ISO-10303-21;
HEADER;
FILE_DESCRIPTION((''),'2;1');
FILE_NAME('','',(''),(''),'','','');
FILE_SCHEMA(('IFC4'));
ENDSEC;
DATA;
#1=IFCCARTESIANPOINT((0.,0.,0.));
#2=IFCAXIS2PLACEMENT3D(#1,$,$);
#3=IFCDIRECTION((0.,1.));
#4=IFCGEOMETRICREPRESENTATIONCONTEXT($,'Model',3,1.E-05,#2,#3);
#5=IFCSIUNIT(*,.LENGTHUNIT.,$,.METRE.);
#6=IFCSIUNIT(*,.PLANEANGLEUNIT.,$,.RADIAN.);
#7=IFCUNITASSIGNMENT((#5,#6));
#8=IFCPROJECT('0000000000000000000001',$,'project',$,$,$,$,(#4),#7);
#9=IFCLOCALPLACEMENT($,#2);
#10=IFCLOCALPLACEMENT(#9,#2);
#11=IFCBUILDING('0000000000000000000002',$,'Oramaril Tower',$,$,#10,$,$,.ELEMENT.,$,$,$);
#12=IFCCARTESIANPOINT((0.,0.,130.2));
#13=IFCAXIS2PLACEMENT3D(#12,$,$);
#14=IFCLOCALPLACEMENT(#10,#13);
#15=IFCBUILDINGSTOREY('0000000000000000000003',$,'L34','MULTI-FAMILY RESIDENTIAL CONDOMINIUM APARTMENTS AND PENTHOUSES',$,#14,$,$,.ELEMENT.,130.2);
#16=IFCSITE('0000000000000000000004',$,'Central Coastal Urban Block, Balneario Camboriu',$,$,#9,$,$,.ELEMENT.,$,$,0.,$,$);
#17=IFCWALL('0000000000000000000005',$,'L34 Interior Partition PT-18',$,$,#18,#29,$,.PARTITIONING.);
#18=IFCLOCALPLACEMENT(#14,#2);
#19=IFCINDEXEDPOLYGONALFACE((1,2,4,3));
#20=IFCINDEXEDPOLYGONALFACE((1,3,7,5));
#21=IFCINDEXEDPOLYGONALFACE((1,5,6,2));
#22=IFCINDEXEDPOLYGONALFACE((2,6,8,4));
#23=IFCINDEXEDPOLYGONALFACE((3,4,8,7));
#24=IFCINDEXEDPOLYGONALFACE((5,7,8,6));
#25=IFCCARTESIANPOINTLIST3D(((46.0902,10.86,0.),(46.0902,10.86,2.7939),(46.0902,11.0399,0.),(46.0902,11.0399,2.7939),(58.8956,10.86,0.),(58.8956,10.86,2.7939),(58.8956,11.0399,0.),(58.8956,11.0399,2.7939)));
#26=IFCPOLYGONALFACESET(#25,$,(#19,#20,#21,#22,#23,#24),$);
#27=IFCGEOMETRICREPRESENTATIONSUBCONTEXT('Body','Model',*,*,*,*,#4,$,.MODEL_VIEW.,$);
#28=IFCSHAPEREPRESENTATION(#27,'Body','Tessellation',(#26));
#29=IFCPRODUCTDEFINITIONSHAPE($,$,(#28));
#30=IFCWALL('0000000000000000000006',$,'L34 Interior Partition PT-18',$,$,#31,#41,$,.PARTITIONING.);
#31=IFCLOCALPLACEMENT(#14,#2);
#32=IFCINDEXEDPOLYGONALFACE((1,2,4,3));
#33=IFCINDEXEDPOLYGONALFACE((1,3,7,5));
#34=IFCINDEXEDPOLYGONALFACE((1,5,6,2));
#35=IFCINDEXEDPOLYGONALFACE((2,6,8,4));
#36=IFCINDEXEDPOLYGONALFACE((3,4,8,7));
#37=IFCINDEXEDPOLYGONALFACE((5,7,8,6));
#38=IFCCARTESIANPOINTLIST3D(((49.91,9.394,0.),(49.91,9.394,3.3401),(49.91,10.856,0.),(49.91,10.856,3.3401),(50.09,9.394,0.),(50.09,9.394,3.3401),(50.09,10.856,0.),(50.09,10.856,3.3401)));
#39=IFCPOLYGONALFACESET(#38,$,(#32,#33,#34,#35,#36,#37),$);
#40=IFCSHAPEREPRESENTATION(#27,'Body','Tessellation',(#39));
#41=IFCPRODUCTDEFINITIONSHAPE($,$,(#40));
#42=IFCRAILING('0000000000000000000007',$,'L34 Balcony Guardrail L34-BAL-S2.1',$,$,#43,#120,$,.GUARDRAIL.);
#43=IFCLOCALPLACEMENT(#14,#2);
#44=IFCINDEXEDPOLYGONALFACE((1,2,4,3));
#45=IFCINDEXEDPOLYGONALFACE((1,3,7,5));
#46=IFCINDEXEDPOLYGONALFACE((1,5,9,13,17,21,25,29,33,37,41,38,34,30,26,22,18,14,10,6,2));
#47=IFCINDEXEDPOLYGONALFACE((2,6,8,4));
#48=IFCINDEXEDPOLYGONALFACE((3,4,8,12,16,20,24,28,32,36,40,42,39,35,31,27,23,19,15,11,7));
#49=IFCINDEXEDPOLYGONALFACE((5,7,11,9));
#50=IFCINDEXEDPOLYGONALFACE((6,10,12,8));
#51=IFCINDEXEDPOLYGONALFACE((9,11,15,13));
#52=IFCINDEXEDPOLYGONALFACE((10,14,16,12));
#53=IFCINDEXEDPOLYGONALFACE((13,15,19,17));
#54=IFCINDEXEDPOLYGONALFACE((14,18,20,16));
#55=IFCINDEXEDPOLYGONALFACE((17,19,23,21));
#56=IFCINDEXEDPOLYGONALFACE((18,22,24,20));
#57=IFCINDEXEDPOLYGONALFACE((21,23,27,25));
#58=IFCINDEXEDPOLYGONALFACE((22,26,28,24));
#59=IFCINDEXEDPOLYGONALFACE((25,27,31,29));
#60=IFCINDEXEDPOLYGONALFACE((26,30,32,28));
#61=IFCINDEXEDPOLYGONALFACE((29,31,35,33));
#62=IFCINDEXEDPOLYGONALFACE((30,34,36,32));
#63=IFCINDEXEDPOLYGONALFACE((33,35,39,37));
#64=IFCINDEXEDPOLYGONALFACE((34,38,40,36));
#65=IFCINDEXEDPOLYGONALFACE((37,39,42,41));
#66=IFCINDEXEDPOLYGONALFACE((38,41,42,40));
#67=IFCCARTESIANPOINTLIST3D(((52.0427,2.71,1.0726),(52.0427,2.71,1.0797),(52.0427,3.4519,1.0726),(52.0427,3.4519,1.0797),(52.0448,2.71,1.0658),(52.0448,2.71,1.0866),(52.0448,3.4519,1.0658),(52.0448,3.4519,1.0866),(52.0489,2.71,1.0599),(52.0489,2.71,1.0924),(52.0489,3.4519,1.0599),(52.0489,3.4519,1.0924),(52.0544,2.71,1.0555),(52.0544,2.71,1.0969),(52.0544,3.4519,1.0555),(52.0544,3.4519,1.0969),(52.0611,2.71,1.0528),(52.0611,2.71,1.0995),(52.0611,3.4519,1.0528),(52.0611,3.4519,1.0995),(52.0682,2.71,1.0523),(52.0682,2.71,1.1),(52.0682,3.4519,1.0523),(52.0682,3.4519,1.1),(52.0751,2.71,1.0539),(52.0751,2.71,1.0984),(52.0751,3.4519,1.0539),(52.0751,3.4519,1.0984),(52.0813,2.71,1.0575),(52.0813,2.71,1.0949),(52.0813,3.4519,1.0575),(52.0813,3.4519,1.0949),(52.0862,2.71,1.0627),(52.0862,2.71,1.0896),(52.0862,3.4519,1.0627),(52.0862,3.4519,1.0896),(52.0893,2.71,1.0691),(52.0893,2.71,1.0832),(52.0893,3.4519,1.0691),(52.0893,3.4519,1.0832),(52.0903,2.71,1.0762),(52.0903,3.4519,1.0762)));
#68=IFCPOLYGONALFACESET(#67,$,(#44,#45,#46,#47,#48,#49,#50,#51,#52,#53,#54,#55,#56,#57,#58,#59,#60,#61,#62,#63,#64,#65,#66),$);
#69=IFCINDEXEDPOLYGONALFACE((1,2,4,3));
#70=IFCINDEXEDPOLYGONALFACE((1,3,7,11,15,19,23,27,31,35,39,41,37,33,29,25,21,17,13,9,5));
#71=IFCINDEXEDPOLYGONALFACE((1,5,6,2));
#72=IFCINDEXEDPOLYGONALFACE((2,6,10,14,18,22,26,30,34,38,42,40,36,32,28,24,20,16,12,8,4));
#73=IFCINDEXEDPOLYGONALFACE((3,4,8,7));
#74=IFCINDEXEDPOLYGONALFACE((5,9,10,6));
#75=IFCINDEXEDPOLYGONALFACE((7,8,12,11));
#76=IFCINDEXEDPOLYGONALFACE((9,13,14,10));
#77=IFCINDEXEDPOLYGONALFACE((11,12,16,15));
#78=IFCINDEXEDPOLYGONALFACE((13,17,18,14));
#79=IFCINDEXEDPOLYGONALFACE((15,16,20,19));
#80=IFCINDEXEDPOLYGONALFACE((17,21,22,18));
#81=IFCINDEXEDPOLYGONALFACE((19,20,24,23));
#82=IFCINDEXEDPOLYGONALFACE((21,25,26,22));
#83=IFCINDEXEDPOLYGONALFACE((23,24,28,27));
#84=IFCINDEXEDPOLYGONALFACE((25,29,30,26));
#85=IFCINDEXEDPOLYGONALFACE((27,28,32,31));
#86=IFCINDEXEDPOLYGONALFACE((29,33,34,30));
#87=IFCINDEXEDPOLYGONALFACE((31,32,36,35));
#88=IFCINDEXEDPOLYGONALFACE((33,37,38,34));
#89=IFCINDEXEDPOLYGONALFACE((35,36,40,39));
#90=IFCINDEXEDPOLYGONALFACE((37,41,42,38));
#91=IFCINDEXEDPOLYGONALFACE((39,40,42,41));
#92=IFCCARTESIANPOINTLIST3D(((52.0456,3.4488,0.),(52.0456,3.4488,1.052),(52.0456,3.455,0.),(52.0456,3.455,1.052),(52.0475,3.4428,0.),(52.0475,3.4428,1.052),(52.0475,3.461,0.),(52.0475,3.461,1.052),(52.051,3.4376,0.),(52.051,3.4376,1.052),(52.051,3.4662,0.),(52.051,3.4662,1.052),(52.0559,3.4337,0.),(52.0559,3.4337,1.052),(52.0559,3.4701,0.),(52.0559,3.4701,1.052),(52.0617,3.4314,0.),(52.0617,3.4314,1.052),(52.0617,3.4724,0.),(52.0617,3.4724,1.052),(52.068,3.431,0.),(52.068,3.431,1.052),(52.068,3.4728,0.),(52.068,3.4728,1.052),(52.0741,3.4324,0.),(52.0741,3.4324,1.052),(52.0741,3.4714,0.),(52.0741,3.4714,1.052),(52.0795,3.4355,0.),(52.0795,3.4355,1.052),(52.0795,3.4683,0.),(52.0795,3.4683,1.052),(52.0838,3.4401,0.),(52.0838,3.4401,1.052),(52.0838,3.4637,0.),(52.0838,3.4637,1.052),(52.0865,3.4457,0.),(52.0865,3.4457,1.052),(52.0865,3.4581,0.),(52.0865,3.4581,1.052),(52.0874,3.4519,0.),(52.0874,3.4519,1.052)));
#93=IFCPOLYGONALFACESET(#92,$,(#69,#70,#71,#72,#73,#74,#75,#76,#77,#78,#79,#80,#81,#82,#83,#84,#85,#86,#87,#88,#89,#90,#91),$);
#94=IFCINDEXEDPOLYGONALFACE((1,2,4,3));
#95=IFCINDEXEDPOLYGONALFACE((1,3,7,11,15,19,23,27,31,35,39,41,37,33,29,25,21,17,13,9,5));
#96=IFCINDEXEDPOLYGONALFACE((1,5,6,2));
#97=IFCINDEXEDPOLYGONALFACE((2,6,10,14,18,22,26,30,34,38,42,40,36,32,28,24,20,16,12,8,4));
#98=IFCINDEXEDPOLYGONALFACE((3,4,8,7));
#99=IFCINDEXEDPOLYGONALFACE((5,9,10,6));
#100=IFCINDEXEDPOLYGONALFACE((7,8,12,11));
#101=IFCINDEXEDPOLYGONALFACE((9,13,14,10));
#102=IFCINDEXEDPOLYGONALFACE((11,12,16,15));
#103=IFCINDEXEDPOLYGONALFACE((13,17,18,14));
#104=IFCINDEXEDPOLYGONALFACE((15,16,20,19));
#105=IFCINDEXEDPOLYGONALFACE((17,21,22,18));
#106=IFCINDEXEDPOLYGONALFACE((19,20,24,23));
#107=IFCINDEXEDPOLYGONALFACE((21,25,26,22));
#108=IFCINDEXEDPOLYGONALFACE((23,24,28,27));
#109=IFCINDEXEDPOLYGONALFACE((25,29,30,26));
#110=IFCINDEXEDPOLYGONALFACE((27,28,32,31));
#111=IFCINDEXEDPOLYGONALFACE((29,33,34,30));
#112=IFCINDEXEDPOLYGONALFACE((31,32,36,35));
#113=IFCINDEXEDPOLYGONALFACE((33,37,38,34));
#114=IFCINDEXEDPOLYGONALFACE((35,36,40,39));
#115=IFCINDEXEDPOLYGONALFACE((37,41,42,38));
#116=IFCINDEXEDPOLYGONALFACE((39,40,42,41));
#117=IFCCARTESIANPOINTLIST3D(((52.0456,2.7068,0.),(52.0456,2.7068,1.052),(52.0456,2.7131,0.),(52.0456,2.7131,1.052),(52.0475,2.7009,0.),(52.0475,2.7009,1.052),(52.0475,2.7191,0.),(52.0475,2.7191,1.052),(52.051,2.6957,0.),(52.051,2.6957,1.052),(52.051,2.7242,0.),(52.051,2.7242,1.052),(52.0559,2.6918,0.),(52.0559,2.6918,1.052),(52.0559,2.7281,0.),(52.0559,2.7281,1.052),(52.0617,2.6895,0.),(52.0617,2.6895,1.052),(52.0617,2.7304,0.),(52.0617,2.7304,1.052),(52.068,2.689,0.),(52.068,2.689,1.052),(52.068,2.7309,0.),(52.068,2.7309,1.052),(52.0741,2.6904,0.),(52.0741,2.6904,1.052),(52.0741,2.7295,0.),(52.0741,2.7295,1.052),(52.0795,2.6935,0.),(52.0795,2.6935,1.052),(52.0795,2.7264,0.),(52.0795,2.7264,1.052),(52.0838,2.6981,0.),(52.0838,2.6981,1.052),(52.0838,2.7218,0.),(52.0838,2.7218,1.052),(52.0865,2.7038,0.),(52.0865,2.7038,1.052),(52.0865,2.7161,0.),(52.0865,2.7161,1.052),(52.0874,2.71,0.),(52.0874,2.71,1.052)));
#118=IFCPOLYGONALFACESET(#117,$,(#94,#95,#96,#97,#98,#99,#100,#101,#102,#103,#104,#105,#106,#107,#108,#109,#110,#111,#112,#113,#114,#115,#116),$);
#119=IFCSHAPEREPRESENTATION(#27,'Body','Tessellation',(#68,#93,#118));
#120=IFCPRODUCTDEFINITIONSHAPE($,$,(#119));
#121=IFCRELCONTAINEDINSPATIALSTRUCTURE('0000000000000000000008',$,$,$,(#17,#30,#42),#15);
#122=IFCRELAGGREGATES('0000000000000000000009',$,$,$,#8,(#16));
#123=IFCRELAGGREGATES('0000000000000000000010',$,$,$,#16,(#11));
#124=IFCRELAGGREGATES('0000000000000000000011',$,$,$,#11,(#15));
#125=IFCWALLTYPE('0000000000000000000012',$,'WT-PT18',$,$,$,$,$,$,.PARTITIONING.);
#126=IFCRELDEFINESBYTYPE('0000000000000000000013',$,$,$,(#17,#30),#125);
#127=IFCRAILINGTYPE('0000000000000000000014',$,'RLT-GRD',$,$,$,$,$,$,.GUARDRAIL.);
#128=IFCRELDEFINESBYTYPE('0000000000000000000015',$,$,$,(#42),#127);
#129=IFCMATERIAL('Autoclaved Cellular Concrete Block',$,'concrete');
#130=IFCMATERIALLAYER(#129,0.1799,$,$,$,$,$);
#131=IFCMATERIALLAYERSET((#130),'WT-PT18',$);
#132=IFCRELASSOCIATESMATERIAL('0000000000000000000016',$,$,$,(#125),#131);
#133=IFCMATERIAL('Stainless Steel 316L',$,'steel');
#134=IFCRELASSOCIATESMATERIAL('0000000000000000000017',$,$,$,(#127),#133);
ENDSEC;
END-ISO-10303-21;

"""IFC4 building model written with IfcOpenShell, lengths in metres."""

from ifc_helpers import new_model, si_unit, direction, frame, frame_2d, origin, origin_2d, place, context, subcontext, project, spatial, rectangle, circle, extrude, material, layer, layer_set, type_object, element, save


model = new_model("IFC4")

# Units and contexts
model_context = context("Model", 3, precision=1e-05, world=origin(), true_north=direction((0.0, 1.0)))
body_context = subcontext(model_context, "Body", "Model", "MODEL_VIEW")
ifc_project = project(units=[si_unit("LENGTHUNIT", "METRE"), si_unit("PLANEANGLEUNIT", "RADIAN")], contexts=[model_context])

# Site, building, storey
site_placement = place(None, origin())
site = spatial("IfcSite", under=ifc_project, at=site_placement, Name="Central Coastal Urban Block, Balneario Camboriu", CompositionType="ELEMENT", RefElevation=0.0)
building_placement = place(site_placement, origin())
building = spatial("IfcBuilding", under=site, at=building_placement, Name="Oramaril Tower", CompositionType="ELEMENT")
storey_placement = place(building_placement, frame((0.0, 0.0, 130.2)))
storey = spatial("IfcBuildingStorey", under=building, at=storey_placement, Name="L34", Description="MULTI-FAMILY RESIDENTIAL CONDOMINIUM APARTMENTS AND PENTHOUSES", CompositionType="ELEMENT", Elevation=130.2)

# Walls
ifc_material_1 = material(Name="Autoclaved Cellular Concrete Block", Category="concrete")
ifc_layer_1 = layer(ifc_material_1, 0.1799)
ifc_layer_set_1 = layer_set([ifc_layer_1], Name="WT-PT18")
wall_type_1 = type_object("IfcWallType", Name="WT-PT18", PredefinedType="PARTITIONING", material=ifc_layer_set_1)
wall_1_placement = place(storey_placement, frame((46.0901, 10.95, 0.0), z_axis=(0.0, 0.0, 1.0), x_axis=(1.0, 0.0, 0.0)))
element("IfcWall", 1, at=wall_1_placement, inside=storey, type_object=wall_type_1, Name="L34 Interior Partition PT-18", PredefinedType="PARTITIONING", context=body_context, shape_type="SweptSolid", body=[
    extrude(rectangle(XDim=12.8054, YDim=0.1799, at=frame_2d((6.4028, 0.0))), origin(), (0.0, 0.0, 1.0), 2.7939),
])
wall_2_placement = place(storey_placement, frame((50.0, 9.394, 0.0), z_axis=(0.0, 0.0, 1.0), x_axis=(0.0, 1.0, 0.0)))
element("IfcWall", 2, at=wall_2_placement, inside=storey, type_object=wall_type_1, Name="L34 Interior Partition PT-18", PredefinedType="PARTITIONING", context=body_context, shape_type="SweptSolid", body=[
    extrude(rectangle(XDim=1.4619, YDim=0.1799, at=frame_2d((0.731, 0.0))), origin(), (0.0, 0.0, 1.0), 3.3401),
])

# Railing
ifc_material_2 = material(Name="Stainless Steel 316L", Category="steel")
railing_type = type_object("IfcRailingType", Name="RLT-GRD", PredefinedType="GUARDRAIL", material=ifc_material_2)
railing_1_placement = place(storey_placement, frame((52.0664, 3.4519, 0.0)))
element("IfcRailing", 3, at=railing_1_placement, inside=storey, type_object=railing_type, Name="L34 Balcony Guardrail L34-BAL-S2.1", PredefinedType="GUARDRAIL", context=body_context, shape_type="SweptSolid", body=[
    extrude(circle(Radius=0.0239, at=origin_2d()), frame((0.0, 0.0, 1.0762), z_axis=(0.0, -1.0, 0.0), x_axis=(1.0, 0.0, 0.0)), (0.0, 0.0, 1.0), 0.7419),
    extrude(circle(Radius=0.021, at=origin_2d()), origin(), (0.0, 0.0, 1.0), 1.052),
    extrude(circle(Radius=0.021, at=origin_2d()), frame((0.0, -0.7419, 0.0)), (0.0, 0.0, 1.0), 1.052),
])

save(model, "model.ifc")
